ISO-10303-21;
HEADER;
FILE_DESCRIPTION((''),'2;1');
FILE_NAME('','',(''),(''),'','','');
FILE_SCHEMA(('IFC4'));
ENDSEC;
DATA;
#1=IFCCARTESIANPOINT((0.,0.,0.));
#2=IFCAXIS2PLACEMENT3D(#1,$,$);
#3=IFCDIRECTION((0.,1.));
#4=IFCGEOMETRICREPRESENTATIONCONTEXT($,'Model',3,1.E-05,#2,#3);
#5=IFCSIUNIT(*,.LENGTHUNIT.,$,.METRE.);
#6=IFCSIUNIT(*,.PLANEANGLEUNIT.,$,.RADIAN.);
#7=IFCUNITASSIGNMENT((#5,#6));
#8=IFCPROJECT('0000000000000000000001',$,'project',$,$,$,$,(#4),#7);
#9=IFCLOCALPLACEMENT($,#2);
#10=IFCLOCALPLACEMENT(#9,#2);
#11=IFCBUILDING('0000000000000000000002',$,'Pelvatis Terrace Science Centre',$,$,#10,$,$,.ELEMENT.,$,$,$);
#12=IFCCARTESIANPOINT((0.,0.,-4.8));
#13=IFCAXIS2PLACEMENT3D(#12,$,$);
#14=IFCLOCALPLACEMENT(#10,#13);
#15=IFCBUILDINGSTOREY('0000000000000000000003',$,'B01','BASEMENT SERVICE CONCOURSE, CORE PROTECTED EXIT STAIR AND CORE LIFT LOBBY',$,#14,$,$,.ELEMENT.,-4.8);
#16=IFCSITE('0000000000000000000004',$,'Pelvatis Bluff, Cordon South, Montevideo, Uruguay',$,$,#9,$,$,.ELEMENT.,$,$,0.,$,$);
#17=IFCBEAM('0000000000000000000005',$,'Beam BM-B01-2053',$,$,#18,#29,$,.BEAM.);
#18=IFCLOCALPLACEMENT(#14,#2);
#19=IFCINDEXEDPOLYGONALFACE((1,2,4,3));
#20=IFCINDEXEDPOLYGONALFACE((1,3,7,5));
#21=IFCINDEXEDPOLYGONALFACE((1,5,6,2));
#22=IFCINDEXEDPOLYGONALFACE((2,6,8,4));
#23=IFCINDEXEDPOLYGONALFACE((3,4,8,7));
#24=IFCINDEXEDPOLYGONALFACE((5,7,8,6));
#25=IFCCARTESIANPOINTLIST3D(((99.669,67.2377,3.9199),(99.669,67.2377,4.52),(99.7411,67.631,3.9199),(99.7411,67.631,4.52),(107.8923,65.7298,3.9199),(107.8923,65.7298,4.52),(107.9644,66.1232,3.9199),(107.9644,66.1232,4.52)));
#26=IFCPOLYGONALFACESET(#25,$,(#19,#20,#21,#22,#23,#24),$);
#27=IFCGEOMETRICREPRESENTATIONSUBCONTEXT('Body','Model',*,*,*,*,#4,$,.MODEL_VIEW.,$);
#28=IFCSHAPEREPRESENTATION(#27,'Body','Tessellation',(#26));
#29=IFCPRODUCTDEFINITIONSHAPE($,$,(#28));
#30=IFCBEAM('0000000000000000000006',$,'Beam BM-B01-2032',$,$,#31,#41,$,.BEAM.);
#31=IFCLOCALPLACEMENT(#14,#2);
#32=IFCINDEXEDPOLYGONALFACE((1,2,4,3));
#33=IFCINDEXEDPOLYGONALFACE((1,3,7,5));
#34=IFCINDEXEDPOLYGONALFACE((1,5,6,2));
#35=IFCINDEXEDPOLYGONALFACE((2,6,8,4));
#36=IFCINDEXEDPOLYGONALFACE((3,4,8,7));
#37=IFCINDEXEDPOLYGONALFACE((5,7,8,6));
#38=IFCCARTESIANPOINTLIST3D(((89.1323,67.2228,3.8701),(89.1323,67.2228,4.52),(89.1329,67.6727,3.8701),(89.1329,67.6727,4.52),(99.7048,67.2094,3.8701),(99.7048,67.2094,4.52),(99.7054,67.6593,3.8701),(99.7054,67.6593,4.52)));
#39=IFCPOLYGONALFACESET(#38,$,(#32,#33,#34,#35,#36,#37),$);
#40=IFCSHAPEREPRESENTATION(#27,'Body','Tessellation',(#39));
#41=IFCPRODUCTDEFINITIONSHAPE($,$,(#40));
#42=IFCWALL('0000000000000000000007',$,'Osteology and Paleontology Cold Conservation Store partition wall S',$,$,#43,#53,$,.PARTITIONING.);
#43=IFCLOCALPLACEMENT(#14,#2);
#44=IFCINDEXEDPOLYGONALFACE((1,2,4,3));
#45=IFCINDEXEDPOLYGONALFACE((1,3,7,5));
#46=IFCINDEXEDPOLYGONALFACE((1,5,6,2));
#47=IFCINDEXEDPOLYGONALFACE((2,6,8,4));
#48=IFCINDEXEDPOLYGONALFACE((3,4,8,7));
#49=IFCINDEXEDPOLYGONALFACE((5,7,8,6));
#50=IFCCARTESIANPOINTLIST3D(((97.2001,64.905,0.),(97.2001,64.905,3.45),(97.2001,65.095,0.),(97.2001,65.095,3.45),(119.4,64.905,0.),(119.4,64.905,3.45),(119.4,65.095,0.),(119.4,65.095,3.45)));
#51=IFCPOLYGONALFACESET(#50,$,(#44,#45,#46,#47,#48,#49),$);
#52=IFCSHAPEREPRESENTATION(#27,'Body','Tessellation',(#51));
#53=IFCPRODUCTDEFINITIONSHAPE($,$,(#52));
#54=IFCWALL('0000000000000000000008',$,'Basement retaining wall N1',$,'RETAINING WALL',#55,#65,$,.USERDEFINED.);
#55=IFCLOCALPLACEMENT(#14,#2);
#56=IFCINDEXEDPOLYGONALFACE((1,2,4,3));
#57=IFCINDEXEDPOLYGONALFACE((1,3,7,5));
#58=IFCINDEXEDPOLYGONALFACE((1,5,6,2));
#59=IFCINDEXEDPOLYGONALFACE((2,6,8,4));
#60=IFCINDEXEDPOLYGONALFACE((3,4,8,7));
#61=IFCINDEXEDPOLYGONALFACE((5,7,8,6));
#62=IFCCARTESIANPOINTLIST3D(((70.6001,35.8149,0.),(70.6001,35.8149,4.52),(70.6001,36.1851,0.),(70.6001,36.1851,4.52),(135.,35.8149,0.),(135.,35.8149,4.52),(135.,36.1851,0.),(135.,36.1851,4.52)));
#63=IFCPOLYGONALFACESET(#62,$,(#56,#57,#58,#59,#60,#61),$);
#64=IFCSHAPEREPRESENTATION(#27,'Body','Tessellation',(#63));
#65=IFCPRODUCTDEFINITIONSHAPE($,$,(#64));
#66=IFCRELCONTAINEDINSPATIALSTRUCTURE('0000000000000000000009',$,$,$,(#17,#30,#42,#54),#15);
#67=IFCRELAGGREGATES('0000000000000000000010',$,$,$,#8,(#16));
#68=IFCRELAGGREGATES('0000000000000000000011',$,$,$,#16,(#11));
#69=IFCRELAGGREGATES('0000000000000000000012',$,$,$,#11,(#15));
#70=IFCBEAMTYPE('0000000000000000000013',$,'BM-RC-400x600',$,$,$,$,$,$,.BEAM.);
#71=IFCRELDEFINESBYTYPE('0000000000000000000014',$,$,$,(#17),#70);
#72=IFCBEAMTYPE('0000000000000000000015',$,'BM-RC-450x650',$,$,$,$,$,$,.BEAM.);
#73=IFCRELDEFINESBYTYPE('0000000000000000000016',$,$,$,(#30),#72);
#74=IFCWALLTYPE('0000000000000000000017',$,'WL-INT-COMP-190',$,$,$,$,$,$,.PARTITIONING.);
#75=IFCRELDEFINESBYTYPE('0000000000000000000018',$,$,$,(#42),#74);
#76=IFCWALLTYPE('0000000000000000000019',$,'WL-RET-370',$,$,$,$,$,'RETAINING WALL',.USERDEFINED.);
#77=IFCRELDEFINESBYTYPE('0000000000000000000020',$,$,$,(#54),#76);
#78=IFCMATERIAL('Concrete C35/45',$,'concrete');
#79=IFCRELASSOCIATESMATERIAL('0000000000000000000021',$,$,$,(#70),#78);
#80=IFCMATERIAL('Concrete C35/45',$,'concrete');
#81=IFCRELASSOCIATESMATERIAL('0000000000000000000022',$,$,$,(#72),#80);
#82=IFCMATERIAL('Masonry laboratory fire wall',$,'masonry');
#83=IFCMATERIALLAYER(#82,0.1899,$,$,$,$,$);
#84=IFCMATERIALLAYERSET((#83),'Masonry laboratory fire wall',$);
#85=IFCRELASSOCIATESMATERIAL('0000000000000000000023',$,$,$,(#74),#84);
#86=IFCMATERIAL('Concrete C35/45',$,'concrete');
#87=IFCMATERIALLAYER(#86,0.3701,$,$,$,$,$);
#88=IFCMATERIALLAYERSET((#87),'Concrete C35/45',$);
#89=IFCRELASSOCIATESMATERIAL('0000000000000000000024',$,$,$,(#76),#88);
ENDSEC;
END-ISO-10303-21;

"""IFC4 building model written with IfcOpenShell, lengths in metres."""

from ifc_helpers import new_model, si_unit, direction, frame, frame_2d, origin, origin_2d, place, context, subcontext, project, spatial, rectangle, extrude, material, layer, layer_set, material_profile, profile_set, type_object, element, save


model = new_model("IFC4")

# Units and contexts
model_context = context("Model", 3, precision=1e-05, world=origin(), true_north=direction((0.0, 1.0)))
body_context = subcontext(model_context, "Body", "Model", "MODEL_VIEW")
ifc_project = project(units=[si_unit("LENGTHUNIT", "METRE"), si_unit("PLANEANGLEUNIT", "RADIAN")], contexts=[model_context])

# Site, building, storey
site_placement = place(None, origin())
site = spatial("IfcSite", under=ifc_project, at=site_placement, Name="Pelvatis Bluff, Cordon South, Montevideo, Uruguay", CompositionType="ELEMENT", RefElevation=0.0)
building_placement = place(site_placement, origin())
building = spatial("IfcBuilding", under=site, at=building_placement, Name="Pelvatis Terrace Science Centre", CompositionType="ELEMENT")
storey_placement = place(building_placement, frame((0.0, 0.0, -4.8)))
storey = spatial("IfcBuildingStorey", under=building, at=storey_placement, Name="B01", Description="BASEMENT SERVICE CONCOURSE, CORE PROTECTED EXIT STAIR AND CORE LIFT LOBBY", CompositionType="ELEMENT", Elevation=-4.8)

# Beams
ifc_material_1 = material(Name="Concrete C35/45", Category="concrete")
ifc_material_profile_1 = material_profile(ifc_material_1, rectangle(XDim=0.3999, YDim=0.6001, at=origin_2d()), Name="RC-BM 400x600")
ifc_profile_set_1 = profile_set([ifc_material_profile_1], Name="Concrete C35/45")
beam_type_1 = type_object("IfcBeamType", Name="BM-RC-400x600", PredefinedType="BEAM", material=ifc_profile_set_1)
beam_1_placement = place(storey_placement, frame((99.7051, 67.4343, 4.22), z_axis=(0.983602, -0.180355, 0.0), x_axis=(0.180355, 0.983602, 0.0)))
element("IfcBeam", 1, at=beam_1_placement, inside=storey, type_object=beam_type_1, Name="Beam BM-B01-2053", PredefinedType="BEAM", context=body_context, shape_type="SweptSolid", body=[
    extrude(rectangle(XDim=0.3999, YDim=0.6001, at=origin_2d()), origin(), (0.0, 0.0, 1.0), 8.3604),
])
ifc_material_2 = material(Name="Concrete C35/45", Category="concrete")
ifc_material_profile_2 = material_profile(ifc_material_2, rectangle(XDim=0.45, YDim=0.6499, at=origin_2d()), Name="RC-BM 450x650")
ifc_profile_set_2 = profile_set([ifc_material_profile_2], Name="Concrete C35/45")
beam_type_2 = type_object("IfcBeamType", Name="BM-RC-450x650", PredefinedType="BEAM", material=ifc_profile_set_2)
beam_2_placement = place(storey_placement, frame((89.1326, 67.4478, 4.1951), z_axis=(0.999999, -0.00127, 0.0), x_axis=(0.00127, 0.999999, 0.0)))
element("IfcBeam", 2, at=beam_2_placement, inside=storey, type_object=beam_type_2, Name="Beam BM-B01-2032", PredefinedType="BEAM", context=body_context, shape_type="SweptSolid", body=[
    extrude(rectangle(XDim=0.45, YDim=0.6499, at=origin_2d()), origin(), (0.0, 0.0, 1.0), 10.5725),
])

# Walls
ifc_material_3 = material(Name="Masonry laboratory fire wall", Category="masonry")
ifc_layer_1 = layer(ifc_material_3, 0.1899)
ifc_layer_set_1 = layer_set([ifc_layer_1], Name="Masonry laboratory fire wall")
wall_type_1 = type_object("IfcWallType", Name="WL-INT-COMP-190", PredefinedType="PARTITIONING", material=ifc_layer_set_1)
wall_1_placement = place(storey_placement, frame((97.2, 65.0, 0.0), z_axis=(0.0, 0.0, 1.0), x_axis=(1.0, 0.0, 0.0)))
element("IfcWall", 3, at=wall_1_placement, inside=storey, type_object=wall_type_1, Name="Osteology and Paleontology Cold Conservation Store partition wall S", PredefinedType="PARTITIONING", context=body_context, shape_type="SweptSolid", body=[
    extrude(rectangle(XDim=22.2, YDim=0.1899, at=frame_2d((11.1001, 0.0))), origin(), (0.0, 0.0, 1.0), 3.45),
])
ifc_material_4 = material(Name="Concrete C35/45", Category="concrete")
ifc_layer_2 = layer(ifc_material_4, 0.3701)
ifc_layer_set_2 = layer_set([ifc_layer_2], Name="Concrete C35/45")
wall_type_2 = type_object("IfcWallType", Name="WL-RET-370", ElementType="RETAINING WALL", PredefinedType="USERDEFINED", material=ifc_layer_set_2)
wall_2_placement = place(storey_placement, frame((70.6001, 36.0, 0.0), z_axis=(0.0, 0.0, 1.0), x_axis=(1.0, 0.0, 0.0)))
element("IfcWall", 4, at=wall_2_placement, inside=storey, type_object=wall_type_2, Name="Basement retaining wall N1", ObjectType="RETAINING WALL", PredefinedType="USERDEFINED", context=body_context, shape_type="SweptSolid", body=[
    extrude(rectangle(XDim=64.3999, YDim=0.3701, at=frame_2d((32.2, 0.0))), origin(), (0.0, 0.0, 1.0), 4.52),
])

save(model, "model.ifc")
